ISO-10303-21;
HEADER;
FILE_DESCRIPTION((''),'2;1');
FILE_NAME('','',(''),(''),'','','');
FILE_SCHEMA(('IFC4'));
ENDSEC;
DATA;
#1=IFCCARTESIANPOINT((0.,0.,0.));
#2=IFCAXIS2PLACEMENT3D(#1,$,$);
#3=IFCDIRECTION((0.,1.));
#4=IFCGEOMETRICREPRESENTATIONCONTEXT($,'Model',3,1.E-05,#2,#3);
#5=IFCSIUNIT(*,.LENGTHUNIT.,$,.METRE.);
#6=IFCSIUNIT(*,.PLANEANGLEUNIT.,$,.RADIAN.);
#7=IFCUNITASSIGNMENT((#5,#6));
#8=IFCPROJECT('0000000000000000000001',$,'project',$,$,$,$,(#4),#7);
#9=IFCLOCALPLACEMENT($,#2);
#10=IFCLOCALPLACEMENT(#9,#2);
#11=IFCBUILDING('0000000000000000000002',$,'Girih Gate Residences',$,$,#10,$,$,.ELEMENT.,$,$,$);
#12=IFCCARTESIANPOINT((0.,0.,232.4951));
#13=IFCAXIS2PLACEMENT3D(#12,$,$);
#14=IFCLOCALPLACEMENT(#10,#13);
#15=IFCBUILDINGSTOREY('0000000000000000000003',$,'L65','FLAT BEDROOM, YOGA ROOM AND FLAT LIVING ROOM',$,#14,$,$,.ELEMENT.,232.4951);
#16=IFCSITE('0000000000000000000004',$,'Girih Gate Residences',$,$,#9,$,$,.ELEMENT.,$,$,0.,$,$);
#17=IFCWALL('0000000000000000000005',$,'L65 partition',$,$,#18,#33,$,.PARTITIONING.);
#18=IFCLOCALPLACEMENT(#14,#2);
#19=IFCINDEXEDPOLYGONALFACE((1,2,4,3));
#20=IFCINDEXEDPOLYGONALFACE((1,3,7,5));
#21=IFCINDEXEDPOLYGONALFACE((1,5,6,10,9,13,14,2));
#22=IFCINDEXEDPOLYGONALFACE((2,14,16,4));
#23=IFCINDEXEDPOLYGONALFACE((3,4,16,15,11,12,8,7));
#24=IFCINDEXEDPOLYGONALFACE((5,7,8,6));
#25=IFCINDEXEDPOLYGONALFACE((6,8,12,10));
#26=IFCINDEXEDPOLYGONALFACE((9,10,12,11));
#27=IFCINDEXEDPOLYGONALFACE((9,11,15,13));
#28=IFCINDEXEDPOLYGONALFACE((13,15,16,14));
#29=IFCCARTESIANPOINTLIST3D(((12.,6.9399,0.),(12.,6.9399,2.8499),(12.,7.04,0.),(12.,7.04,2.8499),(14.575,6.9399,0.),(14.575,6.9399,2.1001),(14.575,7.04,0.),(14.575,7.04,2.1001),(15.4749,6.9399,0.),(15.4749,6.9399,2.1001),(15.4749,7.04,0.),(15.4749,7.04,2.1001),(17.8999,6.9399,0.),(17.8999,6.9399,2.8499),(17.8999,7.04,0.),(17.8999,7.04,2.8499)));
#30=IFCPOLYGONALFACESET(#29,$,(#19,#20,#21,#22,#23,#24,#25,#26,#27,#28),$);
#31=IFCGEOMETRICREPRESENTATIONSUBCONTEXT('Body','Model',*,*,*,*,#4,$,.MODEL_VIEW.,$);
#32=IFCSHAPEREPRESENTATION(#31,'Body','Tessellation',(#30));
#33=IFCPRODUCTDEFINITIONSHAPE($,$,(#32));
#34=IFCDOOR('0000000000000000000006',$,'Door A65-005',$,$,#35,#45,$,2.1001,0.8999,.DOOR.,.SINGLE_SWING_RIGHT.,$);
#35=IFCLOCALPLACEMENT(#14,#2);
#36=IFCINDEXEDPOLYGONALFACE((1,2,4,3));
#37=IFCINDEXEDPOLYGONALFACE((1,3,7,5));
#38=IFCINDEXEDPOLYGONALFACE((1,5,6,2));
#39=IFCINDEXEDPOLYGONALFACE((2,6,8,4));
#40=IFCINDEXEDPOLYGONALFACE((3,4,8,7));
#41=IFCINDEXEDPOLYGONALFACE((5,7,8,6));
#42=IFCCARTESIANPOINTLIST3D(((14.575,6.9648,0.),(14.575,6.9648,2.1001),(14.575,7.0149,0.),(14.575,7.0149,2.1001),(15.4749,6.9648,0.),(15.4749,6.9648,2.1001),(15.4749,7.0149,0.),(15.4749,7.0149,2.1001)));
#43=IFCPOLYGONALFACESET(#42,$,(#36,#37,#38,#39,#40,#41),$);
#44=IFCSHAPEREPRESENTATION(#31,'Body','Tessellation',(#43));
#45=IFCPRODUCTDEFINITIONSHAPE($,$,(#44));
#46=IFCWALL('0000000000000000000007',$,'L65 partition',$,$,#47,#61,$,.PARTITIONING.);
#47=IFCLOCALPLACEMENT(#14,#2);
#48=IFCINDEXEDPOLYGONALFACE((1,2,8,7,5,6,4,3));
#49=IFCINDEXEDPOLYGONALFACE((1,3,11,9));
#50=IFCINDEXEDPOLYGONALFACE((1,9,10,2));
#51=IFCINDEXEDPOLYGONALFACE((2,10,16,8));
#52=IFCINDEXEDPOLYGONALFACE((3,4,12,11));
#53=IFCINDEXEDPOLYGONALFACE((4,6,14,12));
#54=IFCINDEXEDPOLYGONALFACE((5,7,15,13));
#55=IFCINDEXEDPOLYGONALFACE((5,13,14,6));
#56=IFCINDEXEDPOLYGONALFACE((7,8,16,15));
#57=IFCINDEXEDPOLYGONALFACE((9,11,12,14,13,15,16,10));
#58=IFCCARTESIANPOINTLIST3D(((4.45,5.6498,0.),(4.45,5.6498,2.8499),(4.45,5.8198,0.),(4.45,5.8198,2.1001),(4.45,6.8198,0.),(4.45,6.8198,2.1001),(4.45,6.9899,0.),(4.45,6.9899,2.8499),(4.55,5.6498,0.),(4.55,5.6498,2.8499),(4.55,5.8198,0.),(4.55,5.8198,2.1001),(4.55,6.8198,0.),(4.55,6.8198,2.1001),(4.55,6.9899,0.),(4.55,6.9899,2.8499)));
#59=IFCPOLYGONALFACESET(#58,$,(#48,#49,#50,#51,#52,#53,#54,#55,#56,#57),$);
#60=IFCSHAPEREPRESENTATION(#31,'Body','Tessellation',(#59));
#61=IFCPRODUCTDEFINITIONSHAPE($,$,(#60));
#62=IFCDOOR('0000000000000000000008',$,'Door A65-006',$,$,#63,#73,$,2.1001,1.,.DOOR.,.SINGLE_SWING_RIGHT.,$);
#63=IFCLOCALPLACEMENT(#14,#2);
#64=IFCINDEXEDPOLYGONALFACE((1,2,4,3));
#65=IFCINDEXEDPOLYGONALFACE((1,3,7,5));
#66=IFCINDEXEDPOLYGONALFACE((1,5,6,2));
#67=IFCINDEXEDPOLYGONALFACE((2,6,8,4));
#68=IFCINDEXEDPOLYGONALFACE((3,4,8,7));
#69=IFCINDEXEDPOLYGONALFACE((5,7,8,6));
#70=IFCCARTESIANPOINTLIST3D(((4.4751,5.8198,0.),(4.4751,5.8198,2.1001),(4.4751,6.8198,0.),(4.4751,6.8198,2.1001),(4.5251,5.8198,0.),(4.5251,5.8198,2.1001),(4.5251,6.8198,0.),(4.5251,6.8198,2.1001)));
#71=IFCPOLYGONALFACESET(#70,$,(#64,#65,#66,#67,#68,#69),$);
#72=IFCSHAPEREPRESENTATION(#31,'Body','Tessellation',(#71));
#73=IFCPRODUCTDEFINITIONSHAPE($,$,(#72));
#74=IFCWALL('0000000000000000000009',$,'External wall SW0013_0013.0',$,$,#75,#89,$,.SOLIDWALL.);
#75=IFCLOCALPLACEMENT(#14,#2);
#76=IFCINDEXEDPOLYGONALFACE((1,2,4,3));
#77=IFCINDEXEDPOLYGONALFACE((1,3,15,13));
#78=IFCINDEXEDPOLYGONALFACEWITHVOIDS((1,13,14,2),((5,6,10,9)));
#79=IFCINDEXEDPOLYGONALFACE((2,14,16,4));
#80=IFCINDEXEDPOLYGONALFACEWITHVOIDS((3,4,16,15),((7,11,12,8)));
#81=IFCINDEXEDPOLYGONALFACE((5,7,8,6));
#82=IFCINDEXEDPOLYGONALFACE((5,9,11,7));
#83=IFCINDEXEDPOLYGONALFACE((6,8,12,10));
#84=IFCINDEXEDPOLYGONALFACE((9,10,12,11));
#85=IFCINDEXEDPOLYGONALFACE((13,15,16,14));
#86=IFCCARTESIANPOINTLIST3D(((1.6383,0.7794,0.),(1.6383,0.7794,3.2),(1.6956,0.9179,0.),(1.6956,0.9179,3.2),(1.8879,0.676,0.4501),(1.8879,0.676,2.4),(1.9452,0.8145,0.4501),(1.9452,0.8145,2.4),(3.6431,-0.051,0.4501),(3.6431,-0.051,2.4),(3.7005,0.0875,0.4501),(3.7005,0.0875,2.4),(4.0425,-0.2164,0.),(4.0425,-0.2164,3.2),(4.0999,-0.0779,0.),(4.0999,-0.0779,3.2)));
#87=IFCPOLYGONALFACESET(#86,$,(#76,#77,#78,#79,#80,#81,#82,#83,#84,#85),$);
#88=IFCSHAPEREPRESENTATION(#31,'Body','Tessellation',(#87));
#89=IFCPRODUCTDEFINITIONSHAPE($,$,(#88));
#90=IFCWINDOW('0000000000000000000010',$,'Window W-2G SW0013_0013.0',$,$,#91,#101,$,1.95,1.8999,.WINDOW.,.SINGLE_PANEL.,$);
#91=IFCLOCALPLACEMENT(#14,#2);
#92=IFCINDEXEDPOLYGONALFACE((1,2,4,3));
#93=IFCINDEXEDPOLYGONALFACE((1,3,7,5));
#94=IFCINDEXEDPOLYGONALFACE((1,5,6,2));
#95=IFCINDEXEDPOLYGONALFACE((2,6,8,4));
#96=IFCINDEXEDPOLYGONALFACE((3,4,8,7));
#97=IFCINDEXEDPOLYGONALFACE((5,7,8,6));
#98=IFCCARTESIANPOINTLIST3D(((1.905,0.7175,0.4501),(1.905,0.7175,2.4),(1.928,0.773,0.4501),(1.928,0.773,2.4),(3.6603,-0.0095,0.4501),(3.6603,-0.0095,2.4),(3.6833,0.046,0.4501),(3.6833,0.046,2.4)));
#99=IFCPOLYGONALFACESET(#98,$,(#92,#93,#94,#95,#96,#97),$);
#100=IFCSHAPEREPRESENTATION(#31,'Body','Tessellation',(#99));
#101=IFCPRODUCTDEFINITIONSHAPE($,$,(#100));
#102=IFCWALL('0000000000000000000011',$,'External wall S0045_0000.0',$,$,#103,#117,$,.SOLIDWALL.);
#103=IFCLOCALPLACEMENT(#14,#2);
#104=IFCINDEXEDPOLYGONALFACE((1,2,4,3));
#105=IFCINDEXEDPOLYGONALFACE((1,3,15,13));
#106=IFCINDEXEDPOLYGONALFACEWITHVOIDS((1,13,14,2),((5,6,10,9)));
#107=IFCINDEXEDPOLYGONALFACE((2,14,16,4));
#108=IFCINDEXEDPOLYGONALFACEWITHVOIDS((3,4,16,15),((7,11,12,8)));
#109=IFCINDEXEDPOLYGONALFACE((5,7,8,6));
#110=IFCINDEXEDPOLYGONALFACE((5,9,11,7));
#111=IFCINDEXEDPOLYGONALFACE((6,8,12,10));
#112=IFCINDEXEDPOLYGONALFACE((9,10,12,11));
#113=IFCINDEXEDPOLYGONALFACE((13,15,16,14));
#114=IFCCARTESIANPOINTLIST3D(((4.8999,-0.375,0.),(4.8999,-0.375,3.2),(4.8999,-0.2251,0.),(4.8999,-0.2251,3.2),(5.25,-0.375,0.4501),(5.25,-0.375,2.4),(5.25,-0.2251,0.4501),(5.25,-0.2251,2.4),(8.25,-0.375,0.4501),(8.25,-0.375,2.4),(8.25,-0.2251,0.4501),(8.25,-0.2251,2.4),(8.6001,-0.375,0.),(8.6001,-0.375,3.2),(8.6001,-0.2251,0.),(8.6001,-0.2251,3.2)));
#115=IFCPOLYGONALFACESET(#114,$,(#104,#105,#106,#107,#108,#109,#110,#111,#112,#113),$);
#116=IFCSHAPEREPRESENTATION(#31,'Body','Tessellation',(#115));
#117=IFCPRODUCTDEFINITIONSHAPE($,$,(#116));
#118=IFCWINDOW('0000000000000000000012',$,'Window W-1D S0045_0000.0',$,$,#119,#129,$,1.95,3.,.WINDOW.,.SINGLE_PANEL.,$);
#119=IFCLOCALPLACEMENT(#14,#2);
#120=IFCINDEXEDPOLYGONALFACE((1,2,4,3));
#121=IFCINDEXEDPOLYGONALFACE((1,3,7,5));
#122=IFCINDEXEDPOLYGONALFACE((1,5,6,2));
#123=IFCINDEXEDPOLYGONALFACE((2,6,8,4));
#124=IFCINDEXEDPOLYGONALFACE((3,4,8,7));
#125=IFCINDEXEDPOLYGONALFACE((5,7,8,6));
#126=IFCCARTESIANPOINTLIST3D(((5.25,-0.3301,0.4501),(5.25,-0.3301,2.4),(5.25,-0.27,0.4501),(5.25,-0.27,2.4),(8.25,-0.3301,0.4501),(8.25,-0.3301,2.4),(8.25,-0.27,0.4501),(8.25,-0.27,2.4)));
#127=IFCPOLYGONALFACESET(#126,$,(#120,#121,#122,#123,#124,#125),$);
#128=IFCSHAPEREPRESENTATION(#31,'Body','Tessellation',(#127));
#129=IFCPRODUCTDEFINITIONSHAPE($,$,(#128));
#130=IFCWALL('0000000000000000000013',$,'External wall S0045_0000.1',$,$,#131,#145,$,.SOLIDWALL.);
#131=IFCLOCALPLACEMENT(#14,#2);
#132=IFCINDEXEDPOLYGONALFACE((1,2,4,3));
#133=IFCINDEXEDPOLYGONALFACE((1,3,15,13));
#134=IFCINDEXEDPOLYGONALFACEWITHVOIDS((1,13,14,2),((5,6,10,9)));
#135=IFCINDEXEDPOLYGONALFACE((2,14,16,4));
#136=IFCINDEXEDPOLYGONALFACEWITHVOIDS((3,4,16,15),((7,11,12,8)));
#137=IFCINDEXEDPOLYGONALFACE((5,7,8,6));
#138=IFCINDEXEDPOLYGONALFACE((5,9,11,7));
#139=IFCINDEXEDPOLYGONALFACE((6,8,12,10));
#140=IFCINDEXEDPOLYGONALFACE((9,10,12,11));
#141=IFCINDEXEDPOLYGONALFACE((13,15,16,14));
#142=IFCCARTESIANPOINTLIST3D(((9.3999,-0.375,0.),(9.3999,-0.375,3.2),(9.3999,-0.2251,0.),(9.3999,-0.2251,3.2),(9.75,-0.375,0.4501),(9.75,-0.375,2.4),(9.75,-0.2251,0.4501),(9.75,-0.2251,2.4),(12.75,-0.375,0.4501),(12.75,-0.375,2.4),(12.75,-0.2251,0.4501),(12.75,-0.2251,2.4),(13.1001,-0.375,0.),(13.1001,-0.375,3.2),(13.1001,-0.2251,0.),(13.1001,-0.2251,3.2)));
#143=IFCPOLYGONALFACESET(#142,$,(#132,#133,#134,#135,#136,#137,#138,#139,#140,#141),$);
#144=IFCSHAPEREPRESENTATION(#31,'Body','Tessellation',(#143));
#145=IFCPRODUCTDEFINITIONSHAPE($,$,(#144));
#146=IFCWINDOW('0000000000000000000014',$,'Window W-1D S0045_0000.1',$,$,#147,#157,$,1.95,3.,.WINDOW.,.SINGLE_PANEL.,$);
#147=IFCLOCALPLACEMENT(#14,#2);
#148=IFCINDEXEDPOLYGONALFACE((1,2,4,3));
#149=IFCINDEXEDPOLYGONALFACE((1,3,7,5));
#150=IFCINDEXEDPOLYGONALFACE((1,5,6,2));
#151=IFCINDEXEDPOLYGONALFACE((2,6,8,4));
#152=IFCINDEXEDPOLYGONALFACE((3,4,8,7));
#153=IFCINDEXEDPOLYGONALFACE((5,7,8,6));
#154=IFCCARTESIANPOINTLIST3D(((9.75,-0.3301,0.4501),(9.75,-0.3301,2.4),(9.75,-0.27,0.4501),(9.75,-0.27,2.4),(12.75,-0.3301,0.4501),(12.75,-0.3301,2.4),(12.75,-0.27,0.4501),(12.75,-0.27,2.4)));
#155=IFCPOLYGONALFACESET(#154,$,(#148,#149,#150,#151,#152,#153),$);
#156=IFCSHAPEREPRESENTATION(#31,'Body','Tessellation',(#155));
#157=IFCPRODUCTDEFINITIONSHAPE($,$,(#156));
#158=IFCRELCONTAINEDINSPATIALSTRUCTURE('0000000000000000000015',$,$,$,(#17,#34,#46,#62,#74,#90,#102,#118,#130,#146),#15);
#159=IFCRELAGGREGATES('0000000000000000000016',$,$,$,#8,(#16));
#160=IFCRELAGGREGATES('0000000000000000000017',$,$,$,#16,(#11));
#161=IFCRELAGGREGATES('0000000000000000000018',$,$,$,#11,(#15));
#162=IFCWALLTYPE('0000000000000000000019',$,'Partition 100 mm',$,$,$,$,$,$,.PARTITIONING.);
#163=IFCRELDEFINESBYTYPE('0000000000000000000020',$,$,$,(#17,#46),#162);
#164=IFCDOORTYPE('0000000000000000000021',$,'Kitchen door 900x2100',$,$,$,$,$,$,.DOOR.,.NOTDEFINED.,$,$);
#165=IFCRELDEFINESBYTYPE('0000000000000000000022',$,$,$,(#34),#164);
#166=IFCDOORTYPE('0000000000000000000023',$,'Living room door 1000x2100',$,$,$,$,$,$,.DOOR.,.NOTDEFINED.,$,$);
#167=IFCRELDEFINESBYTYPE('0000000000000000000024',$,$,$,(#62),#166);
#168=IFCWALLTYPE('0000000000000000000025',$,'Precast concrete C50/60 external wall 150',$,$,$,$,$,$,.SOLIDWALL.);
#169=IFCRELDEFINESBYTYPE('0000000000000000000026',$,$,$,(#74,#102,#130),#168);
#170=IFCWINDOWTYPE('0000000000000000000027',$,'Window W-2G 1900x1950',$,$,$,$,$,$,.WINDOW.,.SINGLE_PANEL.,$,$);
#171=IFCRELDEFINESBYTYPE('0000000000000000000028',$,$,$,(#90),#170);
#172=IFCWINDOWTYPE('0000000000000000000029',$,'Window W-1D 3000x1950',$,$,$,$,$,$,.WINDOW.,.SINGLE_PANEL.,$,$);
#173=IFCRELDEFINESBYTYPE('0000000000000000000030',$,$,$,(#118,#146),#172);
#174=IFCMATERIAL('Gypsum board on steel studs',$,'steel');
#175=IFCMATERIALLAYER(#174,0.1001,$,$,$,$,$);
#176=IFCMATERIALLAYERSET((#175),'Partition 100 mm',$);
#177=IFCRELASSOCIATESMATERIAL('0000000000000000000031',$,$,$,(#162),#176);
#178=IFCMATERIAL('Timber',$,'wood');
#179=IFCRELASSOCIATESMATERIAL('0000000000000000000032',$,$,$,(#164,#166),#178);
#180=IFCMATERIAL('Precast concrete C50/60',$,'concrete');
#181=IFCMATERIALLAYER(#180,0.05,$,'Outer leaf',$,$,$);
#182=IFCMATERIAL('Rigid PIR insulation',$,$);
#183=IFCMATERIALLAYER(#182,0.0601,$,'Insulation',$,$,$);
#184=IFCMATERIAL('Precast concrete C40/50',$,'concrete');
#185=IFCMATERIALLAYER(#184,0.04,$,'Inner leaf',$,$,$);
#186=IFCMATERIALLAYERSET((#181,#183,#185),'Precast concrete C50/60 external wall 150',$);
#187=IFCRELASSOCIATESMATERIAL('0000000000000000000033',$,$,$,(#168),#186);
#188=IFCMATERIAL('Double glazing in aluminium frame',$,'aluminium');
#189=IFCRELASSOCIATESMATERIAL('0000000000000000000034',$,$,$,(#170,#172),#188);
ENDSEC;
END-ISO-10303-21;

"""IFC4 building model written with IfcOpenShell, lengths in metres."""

from ifc_helpers import new_model, si_unit, direction, frame, frame_2d, origin, place, context, subcontext, project, spatial, rectangle, extrude, material, layer, layer_set, type_object, element, fill, save


model = new_model("IFC4")

# Units and contexts
model_context = context("Model", 3, precision=1e-05, world=origin(), true_north=direction((0.0, 1.0)))
body_context = subcontext(model_context, "Body", "Model", "MODEL_VIEW")
ifc_project = project(units=[si_unit("LENGTHUNIT", "METRE"), si_unit("PLANEANGLEUNIT", "RADIAN")], contexts=[model_context])

# Site, building, storey
site_placement = place(None, origin())
site = spatial("IfcSite", under=ifc_project, at=site_placement, Name="Girih Gate Residences", CompositionType="ELEMENT", RefElevation=0.0)
building_placement = place(site_placement, origin())
building = spatial("IfcBuilding", under=site, at=building_placement, Name="Girih Gate Residences", CompositionType="ELEMENT")
storey_placement = place(building_placement, frame((0.0, 0.0, 232.4951)))
storey = spatial("IfcBuildingStorey", under=building, at=storey_placement, Name="L65", Description="FLAT BEDROOM, YOGA ROOM AND FLAT LIVING ROOM", CompositionType="ELEMENT", Elevation=232.4951)

# Shared definitions
ifc_material_1 = material(Name="Gypsum board on steel studs", Category="steel")
ifc_layer_1 = layer(ifc_material_1, 0.1001)
ifc_layer_set_1 = layer_set([ifc_layer_1], Name="Partition 100 mm")
wall_type_1 = type_object("IfcWallType", Name="Partition 100 mm", PredefinedType="PARTITIONING", material=ifc_layer_set_1)

# Shared definitions
ifc_material_2 = material(Name="Timber", Category="wood")

# Walls, openings, doors
wall_1_placement = place(storey_placement, frame((12.0, 6.99, 0.0), z_axis=(0.0, 0.0, 1.0), x_axis=(1.0, 0.0, 0.0)))
wall_1 = element("IfcWall", 1, at=wall_1_placement, inside=storey, type_object=wall_type_1, Name="L65 partition", PredefinedType="PARTITIONING", context=body_context, shape_type="SweptSolid", body=[
    extrude(rectangle(XDim=5.8999, YDim=0.1001, at=frame_2d((2.95, 0.0))), origin(), (0.0, 0.0, 1.0), 2.8499),
])
opening_1_placement = place(wall_1_placement, frame((2.575, 0.0, 0.0)))
opening_1 = element("IfcOpeningElement", 2, at=opening_1_placement, cuts=wall_1, PredefinedType="OPENING", context=body_context, shape_type="SweptSolid", body=[
    extrude(rectangle(XDim=0.8999, YDim=2.1001, at=frame_2d((0.45, 1.05))), frame((0.0, 0.0601, 0.0), z_axis=(0.0, -1.0, 0.0), x_axis=(1.0, 0.0, 0.0)), (0.0, 0.0, 1.0), 0.1201),
])
door_type_1 = type_object("IfcDoorType", Name="Kitchen door 900x2100", OperationType="NOTDEFINED", PredefinedType="DOOR", material=ifc_material_2)
door_1_placement = place(opening_1_placement, origin())
door_1 = element("IfcDoor", 3, at=door_1_placement, inside=storey, type_object=door_type_1, Name="Door A65-005", OperationType="SINGLE_SWING_RIGHT", OverallHeight=2.1001, OverallWidth=0.8999, PredefinedType="DOOR", context=body_context, shape_type="SweptSolid", body=[
    extrude(rectangle(XDim=0.8999, YDim=2.1001, at=frame_2d((0.45, 1.05))), frame((0.0, 0.0249, 0.0), z_axis=(0.0, -1.0, 0.0), x_axis=(1.0, 0.0, 0.0)), (0.0, 0.0, 1.0), 0.05),
])
fill(opening_1, door_1)
wall_2_placement = place(storey_placement, frame((4.5, 5.6499, 0.0), z_axis=(0.0, 0.0, 1.0), x_axis=(0.0, 1.0, 0.0)))
wall_2 = element("IfcWall", 4, at=wall_2_placement, inside=storey, type_object=wall_type_1, Name="L65 partition", PredefinedType="PARTITIONING", context=body_context, shape_type="SweptSolid", body=[
    extrude(rectangle(XDim=1.3401, YDim=0.1001, at=frame_2d((0.6699, 0.0))), origin(), (0.0, 0.0, 1.0), 2.8499),
])
opening_2_placement = place(wall_2_placement, frame((0.1699, 0.0, 0.0)))
opening_2 = element("IfcOpeningElement", 5, at=opening_2_placement, cuts=wall_2, PredefinedType="OPENING", context=body_context, shape_type="SweptSolid", body=[
    extrude(rectangle(XDim=1.0, YDim=2.1001, at=frame_2d((0.5, 1.05))), frame((0.0, 0.0601, 0.0), z_axis=(0.0, -1.0, 0.0), x_axis=(1.0, 0.0, 0.0)), (0.0, 0.0, 1.0), 0.1201),
])
door_type_2 = type_object("IfcDoorType", Name="Living room door 1000x2100", OperationType="NOTDEFINED", PredefinedType="DOOR", material=ifc_material_2)
door_2_placement = place(opening_2_placement, origin())
door_2 = element("IfcDoor", 6, at=door_2_placement, inside=storey, type_object=door_type_2, Name="Door A65-006", OperationType="SINGLE_SWING_RIGHT", OverallHeight=2.1001, OverallWidth=1.0, PredefinedType="DOOR", context=body_context, shape_type="SweptSolid", body=[
    extrude(rectangle(XDim=1.0, YDim=2.1001, at=frame_2d((0.5, 1.05))), frame((0.0, 0.0249, 0.0), z_axis=(0.0, -1.0, 0.0), x_axis=(1.0, 0.0, 0.0)), (0.0, 0.0, 1.0), 0.05),
])
fill(opening_2, door_2)

# Walls, openings, windows
ifc_material_3 = material(Name="Precast concrete C50/60", Category="concrete")
ifc_layer_2 = layer(ifc_material_3, 0.05, Name="Outer leaf")
ifc_material_4 = material(Name="Rigid PIR insulation")
ifc_layer_3 = layer(ifc_material_4, 0.0601, Name="Insulation")
ifc_material_5 = material(Name="Precast concrete C40/50", Category="concrete")
ifc_layer_4 = layer(ifc_material_5, 0.04, Name="Inner leaf")
ifc_layer_set_2 = layer_set([ifc_layer_2, ifc_layer_3, ifc_layer_4], Name="Precast concrete C50/60 external wall 150")
wall_type_2 = type_object("IfcWallType", Name="Precast concrete C50/60 external wall 150", PredefinedType="SOLIDWALL", material=ifc_layer_set_2)
wall_3_placement = place(storey_placement, frame((4.0713, -0.1472, 0.0), z_axis=(0.0, 0.0, 1.0), x_axis=(-0.923885, 0.382669, 0.0)))
wall_3 = element("IfcWall", 7, at=wall_3_placement, inside=storey, type_object=wall_type_2, Name="External wall SW0013_0013.0", PredefinedType="SOLIDWALL", context=body_context, shape_type="SweptSolid", body=[
    extrude(rectangle(XDim=2.6023, YDim=0.1499, at=frame_2d((1.3013, 0.0))), origin(), (0.0, 0.0, 1.0), 3.2),
])
opening_3_placement = place(wall_3_placement, frame((0.4324, 0.0, 0.45)))
opening_3 = element("IfcOpeningElement", 8, at=opening_3_placement, cuts=wall_3, PredefinedType="OPENING", context=body_context, shape_type="SweptSolid", body=[
    extrude(rectangle(XDim=1.8999, YDim=1.95, at=frame_2d((0.95, 0.9751))), frame((0.0, 0.085, 0.0), z_axis=(0.0, -1.0, 0.0), x_axis=(1.0, 0.0, 0.0)), (0.0, 0.0, 1.0), 0.1699),
])
ifc_material_6 = material(Name="Double glazing in aluminium frame", Category="aluminium")
window_type_1 = type_object("IfcWindowType", Name="Window W-2G 1900x1950", PartitioningType="SINGLE_PANEL", PredefinedType="WINDOW", material=ifc_material_6)
window_1_placement = place(opening_3_placement, origin())
window_1 = element("IfcWindow", 9, at=window_1_placement, inside=storey, type_object=window_type_1, Name="Window W-2G SW0013_0013.0", OverallHeight=1.95, OverallWidth=1.8999, PartitioningType="SINGLE_PANEL", PredefinedType="WINDOW", context=body_context, shape_type="SweptSolid", body=[
    extrude(rectangle(XDim=1.8999, YDim=1.95, at=frame_2d((0.95, 0.9751))), frame((0.0, 0.03, 0.0), z_axis=(0.0, -1.0, 0.0), x_axis=(1.0, 0.0, 0.0)), (0.0, 0.0, 1.0), 0.0601),
])
fill(opening_3, window_1)
wall_4_placement = place(storey_placement, frame((8.6001, -0.3, 0.0), z_axis=(0.0, 0.0, 1.0), x_axis=(-1.0, 0.0, 0.0)))
wall_4 = element("IfcWall", 10, at=wall_4_placement, inside=storey, type_object=wall_type_2, Name="External wall S0045_0000.0", PredefinedType="SOLIDWALL", context=body_context, shape_type="SweptSolid", body=[
    extrude(rectangle(XDim=3.7002, YDim=0.1499, at=frame_2d((1.8501, 0.0))), origin(), (0.0, 0.0, 1.0), 3.2),
])
opening_4_placement = place(wall_4_placement, frame((0.3501, 0.0, 0.45)))
opening_4 = element("IfcOpeningElement", 11, at=opening_4_placement, cuts=wall_4, PredefinedType="OPENING", context=body_context, shape_type="SweptSolid", body=[
    extrude(rectangle(XDim=3.0, YDim=1.95, at=frame_2d((1.5, 0.9751))), frame((0.0, 0.085, 0.0), z_axis=(0.0, -1.0, 0.0), x_axis=(1.0, 0.0, 0.0)), (0.0, 0.0, 1.0), 0.1699),
])
window_type_2 = type_object("IfcWindowType", Name="Window W-1D 3000x1950", PartitioningType="SINGLE_PANEL", PredefinedType="WINDOW", material=ifc_material_6)
window_2_placement = place(opening_4_placement, origin())
window_2 = element("IfcWindow", 12, at=window_2_placement, inside=storey, type_object=window_type_2, Name="Window W-1D S0045_0000.0", OverallHeight=1.95, OverallWidth=3.0, PartitioningType="SINGLE_PANEL", PredefinedType="WINDOW", context=body_context, shape_type="SweptSolid", body=[
    extrude(rectangle(XDim=3.0, YDim=1.95, at=frame_2d((1.5, 0.9751))), frame((0.0, 0.03, 0.0), z_axis=(0.0, -1.0, 0.0), x_axis=(1.0, 0.0, 0.0)), (0.0, 0.0, 1.0), 0.0601),
])
fill(opening_4, window_2)
wall_5_placement = place(storey_placement, frame((13.1001, -0.3, 0.0), z_axis=(0.0, 0.0, 1.0), x_axis=(-1.0, 0.0, 0.0)))
wall_5 = element("IfcWall", 13, at=wall_5_placement, inside=storey, type_object=wall_type_2, Name="External wall S0045_0000.1", PredefinedType="SOLIDWALL", context=body_context, shape_type="SweptSolid", body=[
    extrude(rectangle(XDim=3.7002, YDim=0.1499, at=frame_2d((1.8501, 0.0))), origin(), (0.0, 0.0, 1.0), 3.2),
])
opening_5_placement = place(wall_5_placement, frame((0.3501, 0.0, 0.45)))
opening_5 = element("IfcOpeningElement", 14, at=opening_5_placement, cuts=wall_5, PredefinedType="OPENING", context=body_context, shape_type="SweptSolid", body=[
    extrude(rectangle(XDim=3.0, YDim=1.95, at=frame_2d((1.5, 0.9751))), frame((0.0, 0.085, 0.0), z_axis=(0.0, -1.0, 0.0), x_axis=(1.0, 0.0, 0.0)), (0.0, 0.0, 1.0), 0.1699),
])
window_3_placement = place(opening_5_placement, origin())
window_3 = element("IfcWindow", 15, at=window_3_placement, inside=storey, type_object=window_type_2, Name="Window W-1D S0045_0000.1", OverallHeight=1.95, OverallWidth=3.0, PartitioningType="SINGLE_PANEL", PredefinedType="WINDOW", context=body_context, shape_type="SweptSolid", body=[
    extrude(rectangle(XDim=3.0, YDim=1.95, at=frame_2d((1.5, 0.9751))), frame((0.0, 0.03, 0.0), z_axis=(0.0, -1.0, 0.0), x_axis=(1.0, 0.0, 0.0)), (0.0, 0.0, 1.0), 0.0601),
])
fill(opening_5, window_3)

save(model, "model.ifc")
